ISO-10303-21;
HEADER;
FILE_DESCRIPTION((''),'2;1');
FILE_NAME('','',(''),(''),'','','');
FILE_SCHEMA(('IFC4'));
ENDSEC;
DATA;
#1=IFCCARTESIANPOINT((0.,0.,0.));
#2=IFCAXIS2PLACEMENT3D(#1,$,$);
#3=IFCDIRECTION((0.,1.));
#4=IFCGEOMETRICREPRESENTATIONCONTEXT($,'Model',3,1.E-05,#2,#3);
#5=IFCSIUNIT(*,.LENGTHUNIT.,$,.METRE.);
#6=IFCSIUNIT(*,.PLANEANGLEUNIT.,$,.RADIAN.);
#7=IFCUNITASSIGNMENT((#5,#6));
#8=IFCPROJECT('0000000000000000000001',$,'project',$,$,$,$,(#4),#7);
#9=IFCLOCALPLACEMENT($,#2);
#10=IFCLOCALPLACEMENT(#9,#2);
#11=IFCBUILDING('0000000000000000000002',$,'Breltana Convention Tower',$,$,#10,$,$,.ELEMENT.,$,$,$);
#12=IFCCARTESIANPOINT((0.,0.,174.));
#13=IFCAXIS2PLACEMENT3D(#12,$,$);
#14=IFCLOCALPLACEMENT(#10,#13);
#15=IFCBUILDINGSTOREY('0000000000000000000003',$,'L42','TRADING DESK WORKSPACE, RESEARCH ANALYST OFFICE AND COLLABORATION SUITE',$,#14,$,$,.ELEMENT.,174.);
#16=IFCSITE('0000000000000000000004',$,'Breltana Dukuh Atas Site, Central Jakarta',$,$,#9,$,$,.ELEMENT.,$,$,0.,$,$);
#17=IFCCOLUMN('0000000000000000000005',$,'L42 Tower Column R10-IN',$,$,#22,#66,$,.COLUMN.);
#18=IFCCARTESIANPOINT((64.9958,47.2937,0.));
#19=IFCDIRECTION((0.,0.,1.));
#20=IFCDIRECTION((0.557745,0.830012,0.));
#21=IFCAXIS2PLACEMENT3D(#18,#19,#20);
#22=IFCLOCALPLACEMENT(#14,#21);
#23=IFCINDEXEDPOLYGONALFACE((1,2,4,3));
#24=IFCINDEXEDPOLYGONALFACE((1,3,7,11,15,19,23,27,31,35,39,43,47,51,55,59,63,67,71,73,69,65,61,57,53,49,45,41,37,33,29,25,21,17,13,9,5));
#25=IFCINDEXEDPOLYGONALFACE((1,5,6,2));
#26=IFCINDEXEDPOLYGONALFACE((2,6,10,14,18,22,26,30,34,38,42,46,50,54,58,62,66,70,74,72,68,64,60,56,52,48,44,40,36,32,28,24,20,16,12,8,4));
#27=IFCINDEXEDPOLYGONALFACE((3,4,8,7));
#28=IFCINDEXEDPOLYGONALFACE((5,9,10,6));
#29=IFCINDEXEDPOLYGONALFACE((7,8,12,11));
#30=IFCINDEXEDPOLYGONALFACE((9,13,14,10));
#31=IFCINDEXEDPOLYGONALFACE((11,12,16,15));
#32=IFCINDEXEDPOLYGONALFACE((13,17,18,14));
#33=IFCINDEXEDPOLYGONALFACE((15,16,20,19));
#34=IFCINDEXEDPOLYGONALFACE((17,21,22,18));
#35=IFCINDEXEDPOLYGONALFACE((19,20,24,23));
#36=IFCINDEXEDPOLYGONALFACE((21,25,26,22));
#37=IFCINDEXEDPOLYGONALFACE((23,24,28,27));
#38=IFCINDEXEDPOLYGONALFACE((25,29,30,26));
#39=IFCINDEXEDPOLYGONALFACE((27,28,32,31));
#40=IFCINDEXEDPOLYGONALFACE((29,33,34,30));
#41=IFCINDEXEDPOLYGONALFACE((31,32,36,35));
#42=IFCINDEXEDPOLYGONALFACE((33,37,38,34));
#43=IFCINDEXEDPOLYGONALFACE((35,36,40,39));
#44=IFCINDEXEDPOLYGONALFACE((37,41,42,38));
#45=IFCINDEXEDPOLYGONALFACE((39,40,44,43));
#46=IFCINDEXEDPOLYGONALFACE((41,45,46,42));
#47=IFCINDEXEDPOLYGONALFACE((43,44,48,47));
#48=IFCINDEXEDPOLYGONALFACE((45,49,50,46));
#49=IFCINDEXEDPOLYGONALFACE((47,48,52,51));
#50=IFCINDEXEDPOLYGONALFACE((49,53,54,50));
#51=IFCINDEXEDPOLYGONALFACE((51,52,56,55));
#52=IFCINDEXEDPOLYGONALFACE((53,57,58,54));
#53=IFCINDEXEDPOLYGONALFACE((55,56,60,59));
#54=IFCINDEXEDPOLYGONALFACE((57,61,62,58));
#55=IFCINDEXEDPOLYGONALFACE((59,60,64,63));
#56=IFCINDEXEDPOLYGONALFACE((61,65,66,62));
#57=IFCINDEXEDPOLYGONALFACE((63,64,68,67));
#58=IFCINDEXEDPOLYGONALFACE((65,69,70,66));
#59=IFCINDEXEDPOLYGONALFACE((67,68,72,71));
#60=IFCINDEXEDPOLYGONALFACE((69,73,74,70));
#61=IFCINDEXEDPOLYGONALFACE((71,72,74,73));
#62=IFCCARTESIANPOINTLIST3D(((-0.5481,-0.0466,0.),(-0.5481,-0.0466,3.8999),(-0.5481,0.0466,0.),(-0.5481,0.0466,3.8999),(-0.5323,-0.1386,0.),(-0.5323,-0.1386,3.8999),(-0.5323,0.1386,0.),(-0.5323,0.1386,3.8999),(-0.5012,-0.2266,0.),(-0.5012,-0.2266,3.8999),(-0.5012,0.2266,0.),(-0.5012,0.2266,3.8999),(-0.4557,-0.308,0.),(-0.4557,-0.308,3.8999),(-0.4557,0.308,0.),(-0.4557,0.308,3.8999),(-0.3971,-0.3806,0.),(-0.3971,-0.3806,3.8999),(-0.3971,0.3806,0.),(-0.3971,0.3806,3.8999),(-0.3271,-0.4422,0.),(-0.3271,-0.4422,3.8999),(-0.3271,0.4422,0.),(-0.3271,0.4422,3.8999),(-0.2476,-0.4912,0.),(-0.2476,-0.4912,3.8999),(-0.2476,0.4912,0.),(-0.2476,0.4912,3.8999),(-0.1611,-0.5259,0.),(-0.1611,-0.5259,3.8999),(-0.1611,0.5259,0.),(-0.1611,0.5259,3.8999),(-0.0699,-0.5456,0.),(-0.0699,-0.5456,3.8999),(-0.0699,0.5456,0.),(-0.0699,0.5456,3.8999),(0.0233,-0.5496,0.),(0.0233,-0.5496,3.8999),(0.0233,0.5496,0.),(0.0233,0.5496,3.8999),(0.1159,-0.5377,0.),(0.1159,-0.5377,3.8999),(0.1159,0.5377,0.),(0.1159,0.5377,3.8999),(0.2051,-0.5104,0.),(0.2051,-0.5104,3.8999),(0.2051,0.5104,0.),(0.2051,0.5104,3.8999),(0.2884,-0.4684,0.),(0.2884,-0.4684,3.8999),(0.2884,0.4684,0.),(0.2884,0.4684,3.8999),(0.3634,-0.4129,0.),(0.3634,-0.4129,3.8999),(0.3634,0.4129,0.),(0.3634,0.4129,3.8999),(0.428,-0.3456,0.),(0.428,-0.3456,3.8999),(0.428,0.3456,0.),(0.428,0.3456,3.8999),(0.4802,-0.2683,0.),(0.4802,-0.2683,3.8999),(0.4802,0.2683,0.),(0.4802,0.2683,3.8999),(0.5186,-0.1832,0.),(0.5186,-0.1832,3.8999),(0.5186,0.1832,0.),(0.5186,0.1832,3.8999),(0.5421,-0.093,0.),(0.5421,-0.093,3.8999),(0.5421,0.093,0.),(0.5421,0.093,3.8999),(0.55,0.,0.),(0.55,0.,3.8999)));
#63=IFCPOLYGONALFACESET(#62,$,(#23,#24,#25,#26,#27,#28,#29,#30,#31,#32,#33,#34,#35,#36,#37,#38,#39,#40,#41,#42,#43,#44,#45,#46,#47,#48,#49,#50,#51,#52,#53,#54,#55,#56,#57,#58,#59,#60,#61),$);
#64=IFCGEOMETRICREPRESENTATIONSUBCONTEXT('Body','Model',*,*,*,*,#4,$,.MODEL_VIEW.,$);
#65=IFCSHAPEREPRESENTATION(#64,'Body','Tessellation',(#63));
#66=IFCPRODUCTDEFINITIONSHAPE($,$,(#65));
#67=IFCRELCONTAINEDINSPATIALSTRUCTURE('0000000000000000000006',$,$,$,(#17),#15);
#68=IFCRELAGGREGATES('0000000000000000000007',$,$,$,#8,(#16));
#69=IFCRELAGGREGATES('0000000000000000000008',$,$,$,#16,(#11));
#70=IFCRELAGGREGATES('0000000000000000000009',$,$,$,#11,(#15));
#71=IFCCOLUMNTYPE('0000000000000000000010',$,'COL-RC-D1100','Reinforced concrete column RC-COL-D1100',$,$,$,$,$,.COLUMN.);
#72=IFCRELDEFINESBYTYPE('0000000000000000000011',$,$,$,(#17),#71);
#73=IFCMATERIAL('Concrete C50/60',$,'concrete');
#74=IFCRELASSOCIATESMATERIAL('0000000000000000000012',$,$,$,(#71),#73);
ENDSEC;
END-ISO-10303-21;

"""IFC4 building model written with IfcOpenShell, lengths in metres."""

from ifc_helpers import new_model, si_unit, direction, frame, origin, origin_2d, place, context, subcontext, project, spatial, circle, extrude, source, transform, mapped, material, material_profile, profile_set, type_object, element, save


model = new_model("IFC4")

# Units and contexts
model_context = context("Model", 3, precision=1e-05, world=origin(), true_north=direction((0.0, 1.0)))
body_context = subcontext(model_context, "Body", "Model", "MODEL_VIEW")
ifc_project = project(units=[si_unit("LENGTHUNIT", "METRE"), si_unit("PLANEANGLEUNIT", "RADIAN")], contexts=[model_context])

# Site, building, storey
site_placement = place(None, origin())
site = spatial("IfcSite", under=ifc_project, at=site_placement, Name="Breltana Dukuh Atas Site, Central Jakarta", CompositionType="ELEMENT", RefElevation=0.0)
building_placement = place(site_placement, origin())
building = spatial("IfcBuilding", under=site, at=building_placement, Name="Breltana Convention Tower", CompositionType="ELEMENT")
storey_placement = place(building_placement, frame((0.0, 0.0, 174.0)))
storey = spatial("IfcBuildingStorey", under=building, at=storey_placement, Name="L42", Description="TRADING DESK WORKSPACE, RESEARCH ANALYST OFFICE AND COLLABORATION SUITE", CompositionType="ELEMENT", Elevation=174.0)

# Column
ifc_material_1 = material(Name="Concrete C50/60", Category="concrete")
ifc_material_profile_1 = material_profile(ifc_material_1, circle(Radius=0.55, at=origin_2d()), Name="RC-COL-D1100")
ifc_profile_set_1 = profile_set([ifc_material_profile_1], Name="Concrete C50/60")
column_type_1 = type_object("IfcColumnType", Name="COL-RC-D1100", Description="Reinforced concrete column RC-COL-D1100", PredefinedType="COLUMN", material=ifc_profile_set_1)
shared_shape_1 = source(origin(), body_context, "Body", "SweptSolid", [
    extrude(circle(Radius=0.55, at=origin_2d()), origin(), (0.0, 0.0, 1.0), 3.8999),
])
column_1_placement = place(storey_placement, frame((64.9958, 47.2937, 0.0), z_axis=(0.0, 0.0, 1.0), x_axis=(0.557745, 0.830012, 0.0)))
element("IfcColumn", 1, at=column_1_placement, inside=storey, type_object=column_type_1, Name="L42 Tower Column R10-IN", PredefinedType="COLUMN", context=body_context, shape_type="MappedRepresentation", body=[
    mapped(shared_shape_1, transform((0.0, 0.0, 0.0), scale=1.0)),
])

save(model, "model.ifc")
